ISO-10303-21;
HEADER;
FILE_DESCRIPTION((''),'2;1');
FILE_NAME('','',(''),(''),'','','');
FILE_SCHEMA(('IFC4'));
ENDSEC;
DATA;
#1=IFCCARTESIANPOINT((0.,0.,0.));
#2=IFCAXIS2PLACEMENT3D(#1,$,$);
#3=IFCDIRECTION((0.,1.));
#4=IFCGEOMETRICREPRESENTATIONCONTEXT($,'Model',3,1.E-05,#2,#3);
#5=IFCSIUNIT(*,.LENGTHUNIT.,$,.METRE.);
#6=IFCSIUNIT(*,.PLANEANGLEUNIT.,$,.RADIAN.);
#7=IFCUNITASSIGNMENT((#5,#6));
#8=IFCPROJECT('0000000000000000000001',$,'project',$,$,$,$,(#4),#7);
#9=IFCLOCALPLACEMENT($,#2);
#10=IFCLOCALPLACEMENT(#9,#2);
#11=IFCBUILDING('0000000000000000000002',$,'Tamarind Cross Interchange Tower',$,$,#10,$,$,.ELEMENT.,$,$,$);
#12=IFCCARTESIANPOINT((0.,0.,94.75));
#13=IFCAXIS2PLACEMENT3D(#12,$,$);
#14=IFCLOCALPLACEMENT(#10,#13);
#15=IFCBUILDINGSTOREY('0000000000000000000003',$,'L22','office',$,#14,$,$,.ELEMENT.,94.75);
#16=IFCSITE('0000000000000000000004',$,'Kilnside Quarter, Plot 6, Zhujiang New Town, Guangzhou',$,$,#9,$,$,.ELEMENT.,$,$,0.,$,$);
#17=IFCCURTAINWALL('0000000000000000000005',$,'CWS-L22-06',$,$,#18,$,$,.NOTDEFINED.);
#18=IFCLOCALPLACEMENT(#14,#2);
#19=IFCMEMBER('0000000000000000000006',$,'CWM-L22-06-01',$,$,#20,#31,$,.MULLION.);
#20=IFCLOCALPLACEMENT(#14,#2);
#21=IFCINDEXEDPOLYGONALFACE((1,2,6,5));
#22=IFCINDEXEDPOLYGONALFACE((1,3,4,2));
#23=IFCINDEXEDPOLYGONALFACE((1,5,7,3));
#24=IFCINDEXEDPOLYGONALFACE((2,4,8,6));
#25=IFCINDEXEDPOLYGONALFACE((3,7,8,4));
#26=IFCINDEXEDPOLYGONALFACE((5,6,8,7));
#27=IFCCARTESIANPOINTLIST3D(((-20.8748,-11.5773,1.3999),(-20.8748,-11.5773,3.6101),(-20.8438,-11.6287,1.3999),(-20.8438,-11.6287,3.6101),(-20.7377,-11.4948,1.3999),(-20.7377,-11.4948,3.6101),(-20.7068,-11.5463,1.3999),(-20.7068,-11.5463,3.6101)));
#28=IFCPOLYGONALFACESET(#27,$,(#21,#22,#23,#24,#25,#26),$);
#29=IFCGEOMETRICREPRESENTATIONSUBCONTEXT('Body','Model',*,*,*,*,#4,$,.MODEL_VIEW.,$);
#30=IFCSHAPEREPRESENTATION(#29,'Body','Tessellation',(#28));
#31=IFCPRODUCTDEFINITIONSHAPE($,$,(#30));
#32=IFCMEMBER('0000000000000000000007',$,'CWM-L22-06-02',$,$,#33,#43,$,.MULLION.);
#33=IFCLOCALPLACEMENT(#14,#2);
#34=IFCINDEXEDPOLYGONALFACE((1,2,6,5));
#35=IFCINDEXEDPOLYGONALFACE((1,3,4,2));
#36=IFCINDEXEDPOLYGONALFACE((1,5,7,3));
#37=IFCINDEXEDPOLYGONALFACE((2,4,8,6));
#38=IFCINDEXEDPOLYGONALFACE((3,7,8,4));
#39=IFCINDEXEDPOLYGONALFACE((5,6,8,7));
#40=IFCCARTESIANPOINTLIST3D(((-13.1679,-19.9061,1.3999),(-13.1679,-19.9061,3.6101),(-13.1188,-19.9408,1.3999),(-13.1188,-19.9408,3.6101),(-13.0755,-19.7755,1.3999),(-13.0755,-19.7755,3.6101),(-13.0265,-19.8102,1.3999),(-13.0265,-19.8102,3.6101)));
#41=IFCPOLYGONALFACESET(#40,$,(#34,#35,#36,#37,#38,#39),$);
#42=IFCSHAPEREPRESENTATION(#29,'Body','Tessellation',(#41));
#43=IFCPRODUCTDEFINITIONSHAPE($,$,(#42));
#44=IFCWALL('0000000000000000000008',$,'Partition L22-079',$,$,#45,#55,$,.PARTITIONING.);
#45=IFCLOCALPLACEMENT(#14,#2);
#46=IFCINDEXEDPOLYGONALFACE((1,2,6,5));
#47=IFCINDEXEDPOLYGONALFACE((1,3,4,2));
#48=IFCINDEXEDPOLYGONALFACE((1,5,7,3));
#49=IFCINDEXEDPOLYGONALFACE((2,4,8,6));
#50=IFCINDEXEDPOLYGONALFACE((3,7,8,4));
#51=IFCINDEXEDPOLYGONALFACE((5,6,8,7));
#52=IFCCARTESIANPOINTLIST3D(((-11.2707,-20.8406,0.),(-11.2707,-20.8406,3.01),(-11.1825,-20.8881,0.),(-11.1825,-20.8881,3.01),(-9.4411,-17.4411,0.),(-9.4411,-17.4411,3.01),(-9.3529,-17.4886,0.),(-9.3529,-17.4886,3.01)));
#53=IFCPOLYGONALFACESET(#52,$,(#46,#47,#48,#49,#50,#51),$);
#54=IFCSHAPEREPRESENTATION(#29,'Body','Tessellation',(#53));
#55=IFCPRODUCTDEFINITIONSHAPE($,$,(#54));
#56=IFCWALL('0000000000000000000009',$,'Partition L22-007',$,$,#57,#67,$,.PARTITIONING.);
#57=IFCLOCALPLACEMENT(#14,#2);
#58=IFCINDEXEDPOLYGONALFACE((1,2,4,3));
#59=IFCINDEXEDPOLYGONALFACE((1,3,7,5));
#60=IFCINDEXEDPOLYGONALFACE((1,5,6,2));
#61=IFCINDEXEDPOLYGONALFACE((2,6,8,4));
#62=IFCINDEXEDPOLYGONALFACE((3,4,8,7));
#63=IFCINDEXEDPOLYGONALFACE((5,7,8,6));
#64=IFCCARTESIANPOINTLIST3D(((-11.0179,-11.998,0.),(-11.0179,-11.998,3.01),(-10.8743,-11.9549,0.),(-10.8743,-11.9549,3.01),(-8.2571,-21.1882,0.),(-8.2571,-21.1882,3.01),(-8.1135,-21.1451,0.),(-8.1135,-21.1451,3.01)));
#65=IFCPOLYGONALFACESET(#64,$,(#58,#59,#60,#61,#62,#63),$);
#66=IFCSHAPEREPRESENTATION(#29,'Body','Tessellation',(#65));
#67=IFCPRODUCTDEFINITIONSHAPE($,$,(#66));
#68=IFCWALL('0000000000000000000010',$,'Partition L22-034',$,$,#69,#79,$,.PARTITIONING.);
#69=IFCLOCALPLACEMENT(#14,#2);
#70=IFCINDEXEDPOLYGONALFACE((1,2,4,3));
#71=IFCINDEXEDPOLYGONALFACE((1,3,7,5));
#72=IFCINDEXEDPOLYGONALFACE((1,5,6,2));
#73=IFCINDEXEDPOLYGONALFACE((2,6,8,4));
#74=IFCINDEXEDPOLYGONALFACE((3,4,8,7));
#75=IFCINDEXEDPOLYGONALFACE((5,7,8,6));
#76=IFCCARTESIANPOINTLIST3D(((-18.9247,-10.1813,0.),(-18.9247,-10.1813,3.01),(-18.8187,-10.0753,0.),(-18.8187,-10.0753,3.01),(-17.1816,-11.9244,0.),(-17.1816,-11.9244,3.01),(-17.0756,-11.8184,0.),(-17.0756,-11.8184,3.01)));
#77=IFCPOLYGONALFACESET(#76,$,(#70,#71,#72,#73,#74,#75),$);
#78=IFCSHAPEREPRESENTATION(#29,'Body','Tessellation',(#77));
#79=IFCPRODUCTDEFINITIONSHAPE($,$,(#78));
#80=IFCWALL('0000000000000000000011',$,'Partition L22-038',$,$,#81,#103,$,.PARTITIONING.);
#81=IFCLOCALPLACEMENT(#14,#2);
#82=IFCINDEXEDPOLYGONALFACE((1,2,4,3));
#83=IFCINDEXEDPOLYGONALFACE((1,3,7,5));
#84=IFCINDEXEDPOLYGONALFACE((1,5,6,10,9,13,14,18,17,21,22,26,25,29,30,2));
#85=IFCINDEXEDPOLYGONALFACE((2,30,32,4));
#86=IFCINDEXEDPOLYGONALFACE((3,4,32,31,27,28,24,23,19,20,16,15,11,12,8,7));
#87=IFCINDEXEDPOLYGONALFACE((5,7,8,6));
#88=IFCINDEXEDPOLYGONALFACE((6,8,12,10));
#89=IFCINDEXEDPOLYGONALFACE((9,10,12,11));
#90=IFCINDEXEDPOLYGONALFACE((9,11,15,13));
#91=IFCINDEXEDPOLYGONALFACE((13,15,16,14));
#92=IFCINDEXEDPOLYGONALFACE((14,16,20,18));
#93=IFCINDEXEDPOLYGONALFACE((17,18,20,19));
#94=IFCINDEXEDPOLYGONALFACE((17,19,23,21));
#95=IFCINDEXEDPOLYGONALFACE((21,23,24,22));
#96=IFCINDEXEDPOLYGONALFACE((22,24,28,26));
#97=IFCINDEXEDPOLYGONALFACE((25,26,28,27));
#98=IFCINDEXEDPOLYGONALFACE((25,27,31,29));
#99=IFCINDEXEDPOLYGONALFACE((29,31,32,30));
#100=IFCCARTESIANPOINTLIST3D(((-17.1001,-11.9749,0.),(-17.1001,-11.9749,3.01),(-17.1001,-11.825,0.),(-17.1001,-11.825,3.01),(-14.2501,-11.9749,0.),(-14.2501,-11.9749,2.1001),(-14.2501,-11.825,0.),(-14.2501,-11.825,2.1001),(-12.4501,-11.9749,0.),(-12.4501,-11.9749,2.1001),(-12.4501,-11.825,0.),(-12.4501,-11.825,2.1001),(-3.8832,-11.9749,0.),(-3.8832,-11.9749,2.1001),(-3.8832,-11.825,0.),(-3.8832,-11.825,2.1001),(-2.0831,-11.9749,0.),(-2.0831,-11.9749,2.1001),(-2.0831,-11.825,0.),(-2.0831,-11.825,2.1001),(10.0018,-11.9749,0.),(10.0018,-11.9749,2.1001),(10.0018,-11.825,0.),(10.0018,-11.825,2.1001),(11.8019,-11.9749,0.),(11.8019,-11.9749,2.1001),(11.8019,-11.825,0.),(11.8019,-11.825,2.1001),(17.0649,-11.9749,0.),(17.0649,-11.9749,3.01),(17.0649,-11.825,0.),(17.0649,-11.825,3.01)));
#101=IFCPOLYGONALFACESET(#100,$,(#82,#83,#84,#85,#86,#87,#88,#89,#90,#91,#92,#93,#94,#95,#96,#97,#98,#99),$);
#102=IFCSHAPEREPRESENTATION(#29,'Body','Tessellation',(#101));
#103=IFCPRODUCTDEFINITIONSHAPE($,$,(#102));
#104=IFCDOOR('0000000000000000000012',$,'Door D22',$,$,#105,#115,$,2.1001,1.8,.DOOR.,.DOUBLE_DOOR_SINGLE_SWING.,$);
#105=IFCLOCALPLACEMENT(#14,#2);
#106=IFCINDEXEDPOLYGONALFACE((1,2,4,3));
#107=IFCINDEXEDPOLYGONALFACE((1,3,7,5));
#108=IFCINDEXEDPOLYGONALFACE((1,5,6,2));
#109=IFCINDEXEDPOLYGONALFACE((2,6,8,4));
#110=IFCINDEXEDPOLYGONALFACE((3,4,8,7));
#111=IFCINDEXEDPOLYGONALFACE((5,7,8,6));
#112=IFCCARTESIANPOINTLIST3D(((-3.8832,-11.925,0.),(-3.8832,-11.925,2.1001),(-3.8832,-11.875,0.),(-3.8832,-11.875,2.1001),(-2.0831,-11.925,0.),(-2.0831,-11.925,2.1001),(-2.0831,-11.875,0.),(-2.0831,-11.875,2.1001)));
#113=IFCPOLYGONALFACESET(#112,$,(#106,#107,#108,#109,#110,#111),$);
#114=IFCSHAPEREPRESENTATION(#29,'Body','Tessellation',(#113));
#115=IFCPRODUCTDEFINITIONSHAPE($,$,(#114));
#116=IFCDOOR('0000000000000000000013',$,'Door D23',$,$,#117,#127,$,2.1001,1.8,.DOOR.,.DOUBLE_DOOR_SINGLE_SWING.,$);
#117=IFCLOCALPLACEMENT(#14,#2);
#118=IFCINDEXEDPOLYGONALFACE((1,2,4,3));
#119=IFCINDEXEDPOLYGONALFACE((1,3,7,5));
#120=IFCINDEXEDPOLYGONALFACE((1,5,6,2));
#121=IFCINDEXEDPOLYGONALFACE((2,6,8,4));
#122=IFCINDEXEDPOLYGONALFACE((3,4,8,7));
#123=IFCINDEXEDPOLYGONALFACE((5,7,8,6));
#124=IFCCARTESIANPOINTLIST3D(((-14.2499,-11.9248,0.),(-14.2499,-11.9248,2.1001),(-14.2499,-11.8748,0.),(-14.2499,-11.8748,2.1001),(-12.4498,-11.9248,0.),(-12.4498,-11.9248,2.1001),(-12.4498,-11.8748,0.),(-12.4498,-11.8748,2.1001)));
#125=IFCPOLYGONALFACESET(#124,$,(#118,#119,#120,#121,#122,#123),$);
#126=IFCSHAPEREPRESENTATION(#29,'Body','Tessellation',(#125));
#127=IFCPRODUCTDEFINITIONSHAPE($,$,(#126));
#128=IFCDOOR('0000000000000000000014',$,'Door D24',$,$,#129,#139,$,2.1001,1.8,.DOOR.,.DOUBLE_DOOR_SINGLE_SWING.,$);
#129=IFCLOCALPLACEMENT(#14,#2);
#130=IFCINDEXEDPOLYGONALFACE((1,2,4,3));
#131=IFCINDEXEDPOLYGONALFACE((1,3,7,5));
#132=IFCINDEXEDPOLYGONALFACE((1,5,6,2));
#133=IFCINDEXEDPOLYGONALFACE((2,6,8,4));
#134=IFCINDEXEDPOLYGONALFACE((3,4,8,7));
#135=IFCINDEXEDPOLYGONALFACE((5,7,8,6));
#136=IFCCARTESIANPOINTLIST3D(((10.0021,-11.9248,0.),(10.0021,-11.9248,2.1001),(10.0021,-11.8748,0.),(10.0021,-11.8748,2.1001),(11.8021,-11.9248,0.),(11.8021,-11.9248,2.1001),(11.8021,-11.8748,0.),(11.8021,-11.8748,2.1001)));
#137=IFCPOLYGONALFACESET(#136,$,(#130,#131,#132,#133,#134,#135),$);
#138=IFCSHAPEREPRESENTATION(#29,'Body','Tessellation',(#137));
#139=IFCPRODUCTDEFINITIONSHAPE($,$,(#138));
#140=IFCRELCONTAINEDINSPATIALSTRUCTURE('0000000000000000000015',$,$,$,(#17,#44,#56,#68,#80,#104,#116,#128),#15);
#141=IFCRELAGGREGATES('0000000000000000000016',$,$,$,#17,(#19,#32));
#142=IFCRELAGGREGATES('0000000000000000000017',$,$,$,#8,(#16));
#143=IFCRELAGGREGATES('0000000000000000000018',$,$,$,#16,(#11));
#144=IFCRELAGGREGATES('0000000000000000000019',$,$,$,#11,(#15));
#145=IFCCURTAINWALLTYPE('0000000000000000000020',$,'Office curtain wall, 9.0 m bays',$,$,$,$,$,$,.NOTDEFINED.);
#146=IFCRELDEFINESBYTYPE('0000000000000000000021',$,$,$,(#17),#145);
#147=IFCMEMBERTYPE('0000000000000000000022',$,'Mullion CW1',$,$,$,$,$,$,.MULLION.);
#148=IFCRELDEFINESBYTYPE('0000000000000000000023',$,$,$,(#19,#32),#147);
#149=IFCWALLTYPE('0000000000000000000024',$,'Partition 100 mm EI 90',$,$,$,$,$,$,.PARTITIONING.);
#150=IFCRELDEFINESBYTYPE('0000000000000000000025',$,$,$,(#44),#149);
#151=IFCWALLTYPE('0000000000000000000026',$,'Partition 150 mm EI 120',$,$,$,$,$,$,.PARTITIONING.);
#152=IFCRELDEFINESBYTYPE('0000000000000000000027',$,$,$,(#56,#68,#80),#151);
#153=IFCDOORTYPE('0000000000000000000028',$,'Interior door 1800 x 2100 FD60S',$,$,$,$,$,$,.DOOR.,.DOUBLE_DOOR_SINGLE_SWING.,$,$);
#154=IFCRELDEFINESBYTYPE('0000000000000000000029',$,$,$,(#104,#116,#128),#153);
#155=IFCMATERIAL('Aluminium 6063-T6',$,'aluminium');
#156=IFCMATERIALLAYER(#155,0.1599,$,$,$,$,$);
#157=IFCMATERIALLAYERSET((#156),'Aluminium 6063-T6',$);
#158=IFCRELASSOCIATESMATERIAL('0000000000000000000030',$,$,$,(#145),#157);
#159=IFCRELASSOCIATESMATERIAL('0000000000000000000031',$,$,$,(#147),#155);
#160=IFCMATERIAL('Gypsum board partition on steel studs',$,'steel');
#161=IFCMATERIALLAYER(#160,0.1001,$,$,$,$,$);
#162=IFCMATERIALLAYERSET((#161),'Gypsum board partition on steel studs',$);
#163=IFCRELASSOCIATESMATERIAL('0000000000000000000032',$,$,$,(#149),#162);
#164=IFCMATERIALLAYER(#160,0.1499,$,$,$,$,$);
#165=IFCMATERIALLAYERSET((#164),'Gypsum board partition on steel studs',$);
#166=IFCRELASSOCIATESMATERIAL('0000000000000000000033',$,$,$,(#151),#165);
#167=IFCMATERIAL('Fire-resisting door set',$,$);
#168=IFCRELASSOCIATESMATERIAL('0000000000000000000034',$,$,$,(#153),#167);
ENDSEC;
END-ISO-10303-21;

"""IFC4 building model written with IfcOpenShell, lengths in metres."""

from ifc_helpers import new_model, si_unit, direction, frame, frame_2d, origin, origin_2d, place, context, subcontext, project, spatial, rectangle, extrude, material, layer, layer_set, material_profile, profile_set, type_object, element, fill, aggregate, save


model = new_model("IFC4")

# Units and contexts
model_context = context("Model", 3, precision=1e-05, world=origin(), true_north=direction((0.0, 1.0)))
body_context = subcontext(model_context, "Body", "Model", "MODEL_VIEW")
ifc_project = project(units=[si_unit("LENGTHUNIT", "METRE"), si_unit("PLANEANGLEUNIT", "RADIAN")], contexts=[model_context])

# Site, building, storey
site_placement = place(None, origin())
site = spatial("IfcSite", under=ifc_project, at=site_placement, Name="Kilnside Quarter, Plot 6, Zhujiang New Town, Guangzhou", CompositionType="ELEMENT", RefElevation=0.0)
building_placement = place(site_placement, origin())
building = spatial("IfcBuilding", under=site, at=building_placement, Name="Tamarind Cross Interchange Tower", CompositionType="ELEMENT")
storey_placement = place(building_placement, frame((0.0, 0.0, 94.75)))
storey = spatial("IfcBuildingStorey", under=building, at=storey_placement, Name="L22", Description="office", CompositionType="ELEMENT", Elevation=94.75)

# Curtain wall, members
ifc_material_1 = material(Name="Aluminium 6063-T6", Category="aluminium")
ifc_layer_1 = layer(ifc_material_1, 0.1599)
ifc_layer_set_1 = layer_set([ifc_layer_1], Name="Aluminium 6063-T6")
curtain_wall_type = type_object("IfcCurtainWallType", Name="Office curtain wall, 9.0 m bays", PredefinedType="NOTDEFINED", material=ifc_layer_set_1)
curtain_wall_placement = place(storey_placement, origin())
curtain_wall = element("IfcCurtainWall", 1, at=curtain_wall_placement, inside=storey, type_object=curtain_wall_type, Name="CWS-L22-06", PredefinedType="NOTDEFINED")
ifc_material_profile_1 = material_profile(ifc_material_1, rectangle(XDim=0.0601, YDim=0.1599, at=origin_2d()), Name="Mullion CW1")
ifc_profile_set_1 = profile_set([ifc_material_profile_1], Name="Aluminium 6063-T6")
member_type = type_object("IfcMemberType", Name="Mullion CW1", PredefinedType="MULLION", material=ifc_profile_set_1)
member_1_placement = place(storey_placement, frame((-20.7908, -11.5618, 1.3999), z_axis=(0.0, 0.0, 1.0), x_axis=(0.515577, -0.856843, 0.0)))
member_1 = element("IfcMember", 2, at=member_1_placement, type_object=member_type, Name="CWM-L22-06-01", PredefinedType="MULLION", context=body_context, shape_type="SweptSolid", body=[
    extrude(rectangle(XDim=0.0601, YDim=0.1599, at=origin_2d()), origin(), (0.0, 0.0, 1.0), 2.2102),
])
member_2_placement = place(storey_placement, frame((-13.0972, -19.8582, 1.3999), z_axis=(0.0, 0.0, 1.0), x_axis=(0.816342, -0.577569, 0.0)))
member_2 = element("IfcMember", 3, at=member_2_placement, type_object=member_type, Name="CWM-L22-06-02", PredefinedType="MULLION", context=body_context, shape_type="SweptSolid", body=[
    extrude(rectangle(XDim=0.0601, YDim=0.1599, at=origin_2d()), origin(), (0.0, 0.0, 1.0), 2.2102),
])
aggregate(curtain_wall, [member_1, member_2])

# Walls
ifc_material_2 = material(Name="Gypsum board partition on steel studs", Category="steel")
ifc_layer_2 = layer(ifc_material_2, 0.1001)
ifc_layer_set_2 = layer_set([ifc_layer_2], Name="Gypsum board partition on steel studs")
wall_type_1 = type_object("IfcWallType", Name="Partition 100 mm EI 90", PredefinedType="PARTITIONING", material=ifc_layer_set_2)
wall_1_placement = place(storey_placement, frame((-11.2266, -20.8643, 0.0), z_axis=(0.0, 0.0, 1.0), x_axis=(0.473926, 0.880564, 0.0)))
element("IfcWall", 4, at=wall_1_placement, inside=storey, type_object=wall_type_1, Name="Partition L22-079", PredefinedType="PARTITIONING", context=body_context, shape_type="SweptSolid", body=[
    extrude(rectangle(XDim=3.8606, YDim=0.1001, at=frame_2d((1.9302, 0.0))), origin(), (0.0, 0.0, 1.0), 3.01),
])
ifc_layer_3 = layer(ifc_material_2, 0.1499)
ifc_layer_set_3 = layer_set([ifc_layer_3], Name="Gypsum board partition on steel studs")
wall_type_2 = type_object("IfcWallType", Name="Partition 150 mm EI 120", PredefinedType="PARTITIONING", material=ifc_layer_set_3)
wall_2_placement = place(storey_placement, frame((-10.946, -11.9766, 0.0), z_axis=(0.0, 0.0, 1.0), x_axis=(0.2877, -0.95772, 0.0)))
element("IfcWall", 5, at=wall_2_placement, inside=storey, type_object=wall_type_2, Name="Partition L22-007", PredefinedType="PARTITIONING", context=body_context, shape_type="SweptSolid", body=[
    extrude(rectangle(XDim=9.5959, YDim=0.1499, at=frame_2d((4.7979, 0.0))), origin(), (0.0, 0.0, 1.0), 3.01),
])
wall_3_placement = place(storey_placement, frame((-18.8716, -10.1284, 0.0), z_axis=(0.0, 0.0, 1.0), x_axis=(0.707107, -0.707107, 0.0)))
element("IfcWall", 6, at=wall_3_placement, inside=storey, type_object=wall_type_2, Name="Partition L22-034", PredefinedType="PARTITIONING", context=body_context, shape_type="SweptSolid", body=[
    extrude(rectangle(XDim=2.4651, YDim=0.1499, at=frame_2d((1.2324, 0.0))), origin(), (0.0, 0.0, 1.0), 3.01),
])

# Wall, openings, doors
wall_4_placement = place(storey_placement, frame((-17.1001, -11.8999, 0.0), z_axis=(0.0, 0.0, 1.0), x_axis=(1.0, 0.0, 0.0)))
wall_4 = element("IfcWall", 7, at=wall_4_placement, inside=storey, type_object=wall_type_2, Name="Partition L22-038", PredefinedType="PARTITIONING", context=body_context, shape_type="SweptSolid", body=[
    extrude(rectangle(XDim=34.165, YDim=0.1499, at=frame_2d((17.0825, 0.0))), origin(), (0.0, 0.0, 1.0), 3.01),
])
opening_1_placement = place(wall_4_placement, frame((13.217, 0.0, 0.0)))
opening_1 = element("IfcOpeningElement", 8, at=opening_1_placement, cuts=wall_4, PredefinedType="OPENING", context=body_context, shape_type="SweptSolid", body=[
    extrude(rectangle(XDim=1.8, YDim=2.1001, at=frame_2d((0.8999, 1.05))), frame((0.0, 0.085, 0.0), z_axis=(0.0, -1.0, 0.0), x_axis=(1.0, 0.0, 0.0)), (0.0, 0.0, 1.0), 0.1699),
])
opening_2_placement = place(wall_4_placement, frame((2.8501, 0.0, 0.0)))
opening_2 = element("IfcOpeningElement", 9, at=opening_2_placement, cuts=wall_4, PredefinedType="OPENING", context=body_context, shape_type="SweptSolid", body=[
    extrude(rectangle(XDim=1.8, YDim=2.1001, at=frame_2d((0.8999, 1.05))), frame((0.0, 0.085, 0.0), z_axis=(0.0, -1.0, 0.0), x_axis=(1.0, 0.0, 0.0)), (0.0, 0.0, 1.0), 0.1699),
])
opening_3_placement = place(wall_4_placement, frame((27.1021, 0.0, 0.0)))
opening_3 = element("IfcOpeningElement", 10, at=opening_3_placement, cuts=wall_4, PredefinedType="OPENING", context=body_context, shape_type="SweptSolid", body=[
    extrude(rectangle(XDim=1.8, YDim=2.1001, at=frame_2d((0.8999, 1.05))), frame((0.0, 0.085, 0.0), z_axis=(0.0, -1.0, 0.0), x_axis=(1.0, 0.0, 0.0)), (0.0, 0.0, 1.0), 0.1699),
])
ifc_material_3 = material(Name="Fire-resisting door set")
door_type_1 = type_object("IfcDoorType", Name="Interior door 1800 x 2100 FD60S", OperationType="DOUBLE_DOOR_SINGLE_SWING", PredefinedType="DOOR", material=ifc_material_3)
door_1_placement = place(opening_1_placement, origin())
door_1 = element("IfcDoor", 11, at=door_1_placement, inside=storey, type_object=door_type_1, Name="Door D22", OperationType="DOUBLE_DOOR_SINGLE_SWING", OverallHeight=2.1001, OverallWidth=1.8, PredefinedType="DOOR", context=body_context, shape_type="SweptSolid", body=[
    extrude(rectangle(XDim=1.8, YDim=2.1001, at=frame_2d((0.8999, 1.05))), frame((0.0, 0.0249, 0.0), z_axis=(0.0, -1.0, 0.0), x_axis=(1.0, 0.0, 0.0)), (0.0, 0.0, 1.0), 0.05),
])
fill(opening_1, door_1)
door_2_placement = place(opening_2_placement, frame((1.8, 0.0, 0.0), z_axis=(0.0, 0.0, 1.0), x_axis=(-1.0, 0.0, 0.0)))
door_2 = element("IfcDoor", 12, at=door_2_placement, inside=storey, type_object=door_type_1, Name="Door D23", OperationType="DOUBLE_DOOR_SINGLE_SWING", OverallHeight=2.1001, OverallWidth=1.8, PredefinedType="DOOR", context=body_context, shape_type="SweptSolid", body=[
    extrude(rectangle(XDim=1.8, YDim=2.1001, at=frame_2d((0.8999, 1.05))), frame((0.0, 0.0249, 0.0), z_axis=(0.0, -1.0, 0.0), x_axis=(1.0, 0.0, 0.0)), (0.0, 0.0, 1.0), 0.05),
])
fill(opening_2, door_2)
door_3_placement = place(opening_3_placement, frame((1.8, 0.0, 0.0), z_axis=(0.0, 0.0, 1.0), x_axis=(-1.0, 0.0, 0.0)))
door_3 = element("IfcDoor", 13, at=door_3_placement, inside=storey, type_object=door_type_1, Name="Door D24", OperationType="DOUBLE_DOOR_SINGLE_SWING", OverallHeight=2.1001, OverallWidth=1.8, PredefinedType="DOOR", context=body_context, shape_type="SweptSolid", body=[
    extrude(rectangle(XDim=1.8, YDim=2.1001, at=frame_2d((0.8999, 1.05))), frame((0.0, 0.0249, 0.0), z_axis=(0.0, -1.0, 0.0), x_axis=(1.0, 0.0, 0.0)), (0.0, 0.0, 1.0), 0.05),
])
fill(opening_3, door_3)

save(model, "model.ifc")
